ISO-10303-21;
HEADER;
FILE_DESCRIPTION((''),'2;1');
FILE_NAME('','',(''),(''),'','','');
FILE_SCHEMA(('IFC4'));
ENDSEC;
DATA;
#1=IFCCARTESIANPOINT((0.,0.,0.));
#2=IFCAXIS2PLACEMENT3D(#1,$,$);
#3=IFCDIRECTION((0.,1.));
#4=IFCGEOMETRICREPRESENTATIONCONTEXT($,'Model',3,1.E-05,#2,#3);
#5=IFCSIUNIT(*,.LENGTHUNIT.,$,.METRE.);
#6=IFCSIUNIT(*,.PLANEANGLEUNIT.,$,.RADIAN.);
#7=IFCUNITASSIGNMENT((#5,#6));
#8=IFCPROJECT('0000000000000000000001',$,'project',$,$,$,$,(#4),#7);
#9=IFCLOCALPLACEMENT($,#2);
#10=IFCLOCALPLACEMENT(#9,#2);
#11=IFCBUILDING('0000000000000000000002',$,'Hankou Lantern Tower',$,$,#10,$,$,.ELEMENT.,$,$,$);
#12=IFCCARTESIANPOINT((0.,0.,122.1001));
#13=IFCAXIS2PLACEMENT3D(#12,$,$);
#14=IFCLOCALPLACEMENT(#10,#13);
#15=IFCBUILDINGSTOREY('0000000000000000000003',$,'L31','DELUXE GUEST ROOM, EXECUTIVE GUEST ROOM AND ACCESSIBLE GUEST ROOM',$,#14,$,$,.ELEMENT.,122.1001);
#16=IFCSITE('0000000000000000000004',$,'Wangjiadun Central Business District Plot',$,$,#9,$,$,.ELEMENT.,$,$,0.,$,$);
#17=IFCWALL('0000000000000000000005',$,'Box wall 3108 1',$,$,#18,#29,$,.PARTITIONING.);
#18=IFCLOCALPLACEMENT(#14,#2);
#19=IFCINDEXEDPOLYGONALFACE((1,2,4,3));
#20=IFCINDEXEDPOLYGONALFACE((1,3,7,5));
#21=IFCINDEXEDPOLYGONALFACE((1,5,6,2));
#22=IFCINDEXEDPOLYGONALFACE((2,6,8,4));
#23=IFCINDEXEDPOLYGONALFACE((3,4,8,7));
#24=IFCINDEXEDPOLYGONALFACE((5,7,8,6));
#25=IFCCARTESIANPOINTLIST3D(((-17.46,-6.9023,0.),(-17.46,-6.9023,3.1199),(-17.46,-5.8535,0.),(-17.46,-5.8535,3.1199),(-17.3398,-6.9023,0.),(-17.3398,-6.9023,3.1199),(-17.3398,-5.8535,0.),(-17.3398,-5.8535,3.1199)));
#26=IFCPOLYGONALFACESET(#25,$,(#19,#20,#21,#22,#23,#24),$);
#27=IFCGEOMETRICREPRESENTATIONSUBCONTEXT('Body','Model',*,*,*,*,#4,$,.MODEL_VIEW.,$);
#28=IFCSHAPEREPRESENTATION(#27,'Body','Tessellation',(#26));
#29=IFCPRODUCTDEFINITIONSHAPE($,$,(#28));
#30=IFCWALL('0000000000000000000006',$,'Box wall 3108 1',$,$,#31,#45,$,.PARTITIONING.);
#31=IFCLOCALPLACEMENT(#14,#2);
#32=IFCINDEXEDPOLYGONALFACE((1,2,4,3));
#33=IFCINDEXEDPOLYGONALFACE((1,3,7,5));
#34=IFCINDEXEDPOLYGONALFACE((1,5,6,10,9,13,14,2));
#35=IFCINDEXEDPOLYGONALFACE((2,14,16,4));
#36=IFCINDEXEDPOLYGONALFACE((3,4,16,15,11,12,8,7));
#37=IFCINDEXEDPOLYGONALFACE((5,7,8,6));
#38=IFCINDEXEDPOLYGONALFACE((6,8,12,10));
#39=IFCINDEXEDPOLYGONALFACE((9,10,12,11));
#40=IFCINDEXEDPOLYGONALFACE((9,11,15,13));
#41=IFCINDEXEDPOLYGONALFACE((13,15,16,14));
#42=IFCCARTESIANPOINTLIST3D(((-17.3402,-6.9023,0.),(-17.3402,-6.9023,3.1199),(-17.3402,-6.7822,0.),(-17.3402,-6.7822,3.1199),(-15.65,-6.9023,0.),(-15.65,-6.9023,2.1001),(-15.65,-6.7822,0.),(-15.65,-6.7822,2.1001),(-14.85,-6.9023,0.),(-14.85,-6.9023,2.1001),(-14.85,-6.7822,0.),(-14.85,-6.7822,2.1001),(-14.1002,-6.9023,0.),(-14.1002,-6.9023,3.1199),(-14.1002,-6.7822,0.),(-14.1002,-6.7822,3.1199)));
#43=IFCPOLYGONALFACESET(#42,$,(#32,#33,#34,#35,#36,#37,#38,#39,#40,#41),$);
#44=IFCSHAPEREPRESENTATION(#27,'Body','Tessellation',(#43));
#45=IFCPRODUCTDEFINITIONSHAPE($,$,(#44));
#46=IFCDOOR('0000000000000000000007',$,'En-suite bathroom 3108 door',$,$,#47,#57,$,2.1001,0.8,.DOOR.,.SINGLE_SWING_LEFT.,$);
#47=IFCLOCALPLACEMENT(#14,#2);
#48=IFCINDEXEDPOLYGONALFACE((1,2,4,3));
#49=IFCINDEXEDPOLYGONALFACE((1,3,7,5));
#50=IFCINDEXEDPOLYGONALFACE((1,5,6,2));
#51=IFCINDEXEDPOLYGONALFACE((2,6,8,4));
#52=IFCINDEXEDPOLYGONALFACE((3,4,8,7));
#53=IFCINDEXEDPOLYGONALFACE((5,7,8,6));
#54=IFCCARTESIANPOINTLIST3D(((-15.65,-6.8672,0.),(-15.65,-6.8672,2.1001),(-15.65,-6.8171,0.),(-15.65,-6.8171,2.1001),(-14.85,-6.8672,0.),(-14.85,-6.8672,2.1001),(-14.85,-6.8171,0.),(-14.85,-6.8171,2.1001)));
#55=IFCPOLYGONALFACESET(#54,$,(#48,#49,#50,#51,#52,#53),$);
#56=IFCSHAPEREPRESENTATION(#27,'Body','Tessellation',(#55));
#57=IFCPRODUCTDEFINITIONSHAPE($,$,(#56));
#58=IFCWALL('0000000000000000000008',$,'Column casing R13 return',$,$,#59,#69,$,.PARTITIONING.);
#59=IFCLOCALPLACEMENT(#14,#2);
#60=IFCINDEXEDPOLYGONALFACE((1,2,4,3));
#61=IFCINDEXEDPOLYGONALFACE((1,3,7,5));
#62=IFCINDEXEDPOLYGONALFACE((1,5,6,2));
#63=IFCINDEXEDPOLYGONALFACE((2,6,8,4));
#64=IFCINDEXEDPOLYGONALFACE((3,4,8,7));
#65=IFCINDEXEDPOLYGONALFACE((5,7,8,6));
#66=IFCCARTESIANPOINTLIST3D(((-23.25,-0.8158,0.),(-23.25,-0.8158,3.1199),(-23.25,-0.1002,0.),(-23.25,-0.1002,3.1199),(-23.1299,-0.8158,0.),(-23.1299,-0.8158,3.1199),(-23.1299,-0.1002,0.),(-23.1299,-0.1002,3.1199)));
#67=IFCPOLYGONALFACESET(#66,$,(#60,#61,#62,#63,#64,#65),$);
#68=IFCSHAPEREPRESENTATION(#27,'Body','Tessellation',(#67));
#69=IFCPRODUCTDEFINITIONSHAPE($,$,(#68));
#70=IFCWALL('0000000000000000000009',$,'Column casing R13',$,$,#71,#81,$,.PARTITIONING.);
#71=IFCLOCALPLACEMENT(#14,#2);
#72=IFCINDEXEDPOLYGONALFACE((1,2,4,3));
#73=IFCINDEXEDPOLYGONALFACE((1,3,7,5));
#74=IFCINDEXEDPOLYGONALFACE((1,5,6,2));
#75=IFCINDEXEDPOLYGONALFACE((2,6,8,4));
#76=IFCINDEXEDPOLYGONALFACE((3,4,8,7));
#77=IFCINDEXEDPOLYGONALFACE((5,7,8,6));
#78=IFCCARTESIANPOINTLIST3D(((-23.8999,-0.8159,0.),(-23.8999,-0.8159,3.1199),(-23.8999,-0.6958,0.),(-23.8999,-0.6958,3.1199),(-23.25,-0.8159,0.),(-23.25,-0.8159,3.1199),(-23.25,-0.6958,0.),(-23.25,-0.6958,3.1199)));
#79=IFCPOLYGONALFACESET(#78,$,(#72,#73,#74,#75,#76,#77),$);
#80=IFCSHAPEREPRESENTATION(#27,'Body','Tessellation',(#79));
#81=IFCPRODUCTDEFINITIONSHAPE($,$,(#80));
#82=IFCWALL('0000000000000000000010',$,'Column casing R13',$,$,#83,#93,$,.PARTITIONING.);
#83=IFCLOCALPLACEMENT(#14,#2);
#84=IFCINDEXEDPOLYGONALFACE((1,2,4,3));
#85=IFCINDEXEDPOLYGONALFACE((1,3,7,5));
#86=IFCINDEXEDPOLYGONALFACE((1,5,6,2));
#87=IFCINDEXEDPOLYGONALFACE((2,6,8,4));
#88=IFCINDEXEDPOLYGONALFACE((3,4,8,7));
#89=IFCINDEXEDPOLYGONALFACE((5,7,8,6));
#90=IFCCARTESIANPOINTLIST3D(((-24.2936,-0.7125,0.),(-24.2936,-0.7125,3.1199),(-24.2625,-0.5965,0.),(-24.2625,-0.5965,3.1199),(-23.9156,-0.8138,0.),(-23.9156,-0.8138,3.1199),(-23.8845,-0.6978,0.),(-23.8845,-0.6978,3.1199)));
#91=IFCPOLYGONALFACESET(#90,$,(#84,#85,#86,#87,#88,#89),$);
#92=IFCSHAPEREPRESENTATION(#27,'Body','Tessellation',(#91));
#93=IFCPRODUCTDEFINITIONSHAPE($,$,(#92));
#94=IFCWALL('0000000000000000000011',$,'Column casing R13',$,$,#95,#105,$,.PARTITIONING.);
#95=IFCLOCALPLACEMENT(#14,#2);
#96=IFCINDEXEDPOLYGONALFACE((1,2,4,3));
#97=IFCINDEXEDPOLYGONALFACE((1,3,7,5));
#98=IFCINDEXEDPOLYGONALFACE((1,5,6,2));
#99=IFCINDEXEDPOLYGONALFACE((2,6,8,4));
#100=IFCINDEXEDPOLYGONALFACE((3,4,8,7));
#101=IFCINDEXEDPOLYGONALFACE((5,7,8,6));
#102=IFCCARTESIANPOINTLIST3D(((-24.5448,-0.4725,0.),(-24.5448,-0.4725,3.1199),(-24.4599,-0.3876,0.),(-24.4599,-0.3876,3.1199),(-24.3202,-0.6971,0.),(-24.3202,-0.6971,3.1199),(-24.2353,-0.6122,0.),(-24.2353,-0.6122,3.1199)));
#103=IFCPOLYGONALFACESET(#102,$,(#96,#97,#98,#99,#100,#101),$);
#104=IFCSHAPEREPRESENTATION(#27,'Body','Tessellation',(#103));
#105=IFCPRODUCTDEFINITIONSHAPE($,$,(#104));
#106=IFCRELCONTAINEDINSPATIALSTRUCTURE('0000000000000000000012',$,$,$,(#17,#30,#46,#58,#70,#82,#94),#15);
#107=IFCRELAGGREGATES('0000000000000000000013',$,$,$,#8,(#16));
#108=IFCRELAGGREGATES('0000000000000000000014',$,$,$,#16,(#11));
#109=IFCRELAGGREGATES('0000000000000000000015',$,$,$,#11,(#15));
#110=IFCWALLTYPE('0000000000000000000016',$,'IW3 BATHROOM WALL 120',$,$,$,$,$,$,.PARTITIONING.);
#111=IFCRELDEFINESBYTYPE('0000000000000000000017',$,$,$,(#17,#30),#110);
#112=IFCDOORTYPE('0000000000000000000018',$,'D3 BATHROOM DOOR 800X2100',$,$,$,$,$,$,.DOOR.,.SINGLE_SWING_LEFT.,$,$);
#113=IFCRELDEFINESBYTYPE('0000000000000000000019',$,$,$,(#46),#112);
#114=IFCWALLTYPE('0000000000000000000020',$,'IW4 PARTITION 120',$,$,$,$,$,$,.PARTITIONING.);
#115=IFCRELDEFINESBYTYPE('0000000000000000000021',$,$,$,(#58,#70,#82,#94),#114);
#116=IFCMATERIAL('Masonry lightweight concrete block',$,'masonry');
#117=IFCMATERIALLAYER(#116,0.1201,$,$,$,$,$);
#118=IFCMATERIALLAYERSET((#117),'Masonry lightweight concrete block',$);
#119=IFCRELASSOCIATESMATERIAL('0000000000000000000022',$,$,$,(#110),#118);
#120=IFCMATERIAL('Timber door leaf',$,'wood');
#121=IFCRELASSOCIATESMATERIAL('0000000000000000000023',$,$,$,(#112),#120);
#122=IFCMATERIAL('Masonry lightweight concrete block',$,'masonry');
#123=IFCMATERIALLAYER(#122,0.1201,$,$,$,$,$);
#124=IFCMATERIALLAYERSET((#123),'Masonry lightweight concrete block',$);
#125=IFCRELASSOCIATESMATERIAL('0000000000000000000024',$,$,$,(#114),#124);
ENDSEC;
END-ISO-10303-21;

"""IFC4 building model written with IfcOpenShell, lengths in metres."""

from ifc_helpers import new_model, si_unit, direction, frame, frame_2d, origin, place, context, subcontext, project, spatial, rectangle, extrude, material, layer, layer_set, type_object, element, fill, save


model = new_model("IFC4")

# Units and contexts
model_context = context("Model", 3, precision=1e-05, world=origin(), true_north=direction((0.0, 1.0)))
body_context = subcontext(model_context, "Body", "Model", "MODEL_VIEW")
ifc_project = project(units=[si_unit("LENGTHUNIT", "METRE"), si_unit("PLANEANGLEUNIT", "RADIAN")], contexts=[model_context])

# Site, building, storey
site_placement = place(None, origin())
site = spatial("IfcSite", under=ifc_project, at=site_placement, Name="Wangjiadun Central Business District Plot", CompositionType="ELEMENT", RefElevation=0.0)
building_placement = place(site_placement, origin())
building = spatial("IfcBuilding", under=site, at=building_placement, Name="Hankou Lantern Tower", CompositionType="ELEMENT")
storey_placement = place(building_placement, frame((0.0, 0.0, 122.1001)))
storey = spatial("IfcBuildingStorey", under=building, at=storey_placement, Name="L31", Description="DELUXE GUEST ROOM, EXECUTIVE GUEST ROOM AND ACCESSIBLE GUEST ROOM", CompositionType="ELEMENT", Elevation=122.1001)

# Shared definitions
ifc_material_1 = material(Name="Masonry lightweight concrete block", Category="masonry")
ifc_layer_1 = layer(ifc_material_1, 0.1201)
ifc_layer_set_1 = layer_set([ifc_layer_1], Name="Masonry lightweight concrete block")
wall_type_1 = type_object("IfcWallType", Name="IW3 BATHROOM WALL 120", PredefinedType="PARTITIONING", material=ifc_layer_set_1)

# Shared definitions
ifc_material_2 = material(Name="Timber door leaf", Category="wood")
door_type = type_object("IfcDoorType", Name="D3 BATHROOM DOOR 800X2100", OperationType="SINGLE_SWING_LEFT", PredefinedType="DOOR", material=ifc_material_2)

# Wall
wall_1_placement = place(storey_placement, frame((-17.3999, -5.8535, 0.0), z_axis=(0.0, 0.0, 1.0), x_axis=(0.0, -1.0, 0.0)))
element("IfcWall", 1, at=wall_1_placement, inside=storey, type_object=wall_type_1, Name="Box wall 3108 1", PredefinedType="PARTITIONING", context=body_context, shape_type="SweptSolid", body=[
    extrude(rectangle(XDim=1.0488, YDim=0.1201, at=frame_2d((0.5244, 0.0))), origin(), (0.0, 0.0, 1.0), 3.1199),
])

# Wall, opening, door
wall_2_placement = place(storey_placement, frame((-14.1001, -6.8423, 0.0), z_axis=(0.0, 0.0, 1.0), x_axis=(-1.0, 0.0, 0.0)))
wall_2 = element("IfcWall", 2, at=wall_2_placement, inside=storey, type_object=wall_type_1, Name="Box wall 3108 1", PredefinedType="PARTITIONING", context=body_context, shape_type="SweptSolid", body=[
    extrude(rectangle(XDim=3.24, YDim=0.1201, at=frame_2d((1.6201, 0.0))), origin(), (0.0, 0.0, 1.0), 3.1199),
])
opening_1_placement = place(wall_2_placement, frame((0.75, 0.0, 0.0)))
opening_1 = element("IfcOpeningElement", 3, at=opening_1_placement, cuts=wall_2, PredefinedType="OPENING", context=body_context, shape_type="SweptSolid", body=[
    extrude(rectangle(XDim=0.8, YDim=2.1001, at=frame_2d((0.3999, 1.05))), frame((0.0, 0.0701, 0.0), z_axis=(0.0, -1.0, 0.0), x_axis=(1.0, 0.0, 0.0)), (0.0, 0.0, 1.0), 0.1401),
])
door_1_placement = place(opening_1_placement, origin())
door_1 = element("IfcDoor", 4, at=door_1_placement, inside=storey, type_object=door_type, Name="En-suite bathroom 3108 door", OperationType="SINGLE_SWING_LEFT", OverallHeight=2.1001, OverallWidth=0.8, PredefinedType="DOOR", context=body_context, shape_type="SweptSolid", body=[
    extrude(rectangle(XDim=0.8, YDim=2.1001, at=frame_2d((0.3999, 1.05))), frame((0.0, 0.0249, 0.0), z_axis=(0.0, -1.0, 0.0), x_axis=(1.0, 0.0, 0.0)), (0.0, 0.0, 1.0), 0.05),
])
fill(opening_1, door_1)

# Walls
ifc_material_3 = material(Name="Masonry lightweight concrete block", Category="masonry")
ifc_layer_2 = layer(ifc_material_3, 0.1201)
ifc_layer_set_2 = layer_set([ifc_layer_2], Name="Masonry lightweight concrete block")
wall_type_2 = type_object("IfcWallType", Name="IW4 PARTITION 120", PredefinedType="PARTITIONING", material=ifc_layer_set_2)
wall_3_placement = place(storey_placement, frame((-23.1899, -0.1001, 0.0), z_axis=(0.0, 0.0, 1.0), x_axis=(0.0, -1.0, 0.0)))
element("IfcWall", 5, at=wall_3_placement, inside=storey, type_object=wall_type_2, Name="Column casing R13 return", PredefinedType="PARTITIONING", context=body_context, shape_type="SweptSolid", body=[
    extrude(rectangle(XDim=0.7156, YDim=0.1201, at=frame_2d((0.3579, 0.0))), origin(), (0.0, 0.0, 1.0), 3.1199),
])
wall_4_placement = place(storey_placement, frame((-23.25, -0.7559, 0.0), z_axis=(0.0, 0.0, 1.0), x_axis=(-1.0, 0.0, 0.0)))
element("IfcWall", 6, at=wall_4_placement, inside=storey, type_object=wall_type_2, Name="Column casing R13", PredefinedType="PARTITIONING", context=body_context, shape_type="SweptSolid", body=[
    extrude(rectangle(XDim=0.6499, YDim=0.1201, at=frame_2d((0.325, 0.0))), origin(), (0.0, 0.0, 1.0), 3.1199),
])
wall_5_placement = place(storey_placement, frame((-23.8999, -0.7559, 0.0), z_axis=(0.0, 0.0, 1.0), x_axis=(-0.965892, 0.258944, 0.0)))
element("IfcWall", 7, at=wall_5_placement, inside=storey, type_object=wall_type_2, Name="Column casing R13", PredefinedType="PARTITIONING", context=body_context, shape_type="SweptSolid", body=[
    extrude(rectangle(XDim=0.3914, YDim=0.1201, at=frame_2d((0.1958, 0.0))), origin(), (0.0, 0.0, 1.0), 3.1199),
])
wall_6_placement = place(storey_placement, frame((-24.2778, -0.6545, 0.0), z_axis=(0.0, 0.0, 1.0), x_axis=(-0.707107, 0.707107, 0.0)))
element("IfcWall", 8, at=wall_6_placement, inside=storey, type_object=wall_type_2, Name="Column casing R13", PredefinedType="PARTITIONING", context=body_context, shape_type="SweptSolid", body=[
    extrude(rectangle(XDim=0.3176, YDim=0.1201, at=frame_2d((0.1587, 0.0))), origin(), (0.0, 0.0, 1.0), 3.1199),
])

save(model, "model.ifc")
